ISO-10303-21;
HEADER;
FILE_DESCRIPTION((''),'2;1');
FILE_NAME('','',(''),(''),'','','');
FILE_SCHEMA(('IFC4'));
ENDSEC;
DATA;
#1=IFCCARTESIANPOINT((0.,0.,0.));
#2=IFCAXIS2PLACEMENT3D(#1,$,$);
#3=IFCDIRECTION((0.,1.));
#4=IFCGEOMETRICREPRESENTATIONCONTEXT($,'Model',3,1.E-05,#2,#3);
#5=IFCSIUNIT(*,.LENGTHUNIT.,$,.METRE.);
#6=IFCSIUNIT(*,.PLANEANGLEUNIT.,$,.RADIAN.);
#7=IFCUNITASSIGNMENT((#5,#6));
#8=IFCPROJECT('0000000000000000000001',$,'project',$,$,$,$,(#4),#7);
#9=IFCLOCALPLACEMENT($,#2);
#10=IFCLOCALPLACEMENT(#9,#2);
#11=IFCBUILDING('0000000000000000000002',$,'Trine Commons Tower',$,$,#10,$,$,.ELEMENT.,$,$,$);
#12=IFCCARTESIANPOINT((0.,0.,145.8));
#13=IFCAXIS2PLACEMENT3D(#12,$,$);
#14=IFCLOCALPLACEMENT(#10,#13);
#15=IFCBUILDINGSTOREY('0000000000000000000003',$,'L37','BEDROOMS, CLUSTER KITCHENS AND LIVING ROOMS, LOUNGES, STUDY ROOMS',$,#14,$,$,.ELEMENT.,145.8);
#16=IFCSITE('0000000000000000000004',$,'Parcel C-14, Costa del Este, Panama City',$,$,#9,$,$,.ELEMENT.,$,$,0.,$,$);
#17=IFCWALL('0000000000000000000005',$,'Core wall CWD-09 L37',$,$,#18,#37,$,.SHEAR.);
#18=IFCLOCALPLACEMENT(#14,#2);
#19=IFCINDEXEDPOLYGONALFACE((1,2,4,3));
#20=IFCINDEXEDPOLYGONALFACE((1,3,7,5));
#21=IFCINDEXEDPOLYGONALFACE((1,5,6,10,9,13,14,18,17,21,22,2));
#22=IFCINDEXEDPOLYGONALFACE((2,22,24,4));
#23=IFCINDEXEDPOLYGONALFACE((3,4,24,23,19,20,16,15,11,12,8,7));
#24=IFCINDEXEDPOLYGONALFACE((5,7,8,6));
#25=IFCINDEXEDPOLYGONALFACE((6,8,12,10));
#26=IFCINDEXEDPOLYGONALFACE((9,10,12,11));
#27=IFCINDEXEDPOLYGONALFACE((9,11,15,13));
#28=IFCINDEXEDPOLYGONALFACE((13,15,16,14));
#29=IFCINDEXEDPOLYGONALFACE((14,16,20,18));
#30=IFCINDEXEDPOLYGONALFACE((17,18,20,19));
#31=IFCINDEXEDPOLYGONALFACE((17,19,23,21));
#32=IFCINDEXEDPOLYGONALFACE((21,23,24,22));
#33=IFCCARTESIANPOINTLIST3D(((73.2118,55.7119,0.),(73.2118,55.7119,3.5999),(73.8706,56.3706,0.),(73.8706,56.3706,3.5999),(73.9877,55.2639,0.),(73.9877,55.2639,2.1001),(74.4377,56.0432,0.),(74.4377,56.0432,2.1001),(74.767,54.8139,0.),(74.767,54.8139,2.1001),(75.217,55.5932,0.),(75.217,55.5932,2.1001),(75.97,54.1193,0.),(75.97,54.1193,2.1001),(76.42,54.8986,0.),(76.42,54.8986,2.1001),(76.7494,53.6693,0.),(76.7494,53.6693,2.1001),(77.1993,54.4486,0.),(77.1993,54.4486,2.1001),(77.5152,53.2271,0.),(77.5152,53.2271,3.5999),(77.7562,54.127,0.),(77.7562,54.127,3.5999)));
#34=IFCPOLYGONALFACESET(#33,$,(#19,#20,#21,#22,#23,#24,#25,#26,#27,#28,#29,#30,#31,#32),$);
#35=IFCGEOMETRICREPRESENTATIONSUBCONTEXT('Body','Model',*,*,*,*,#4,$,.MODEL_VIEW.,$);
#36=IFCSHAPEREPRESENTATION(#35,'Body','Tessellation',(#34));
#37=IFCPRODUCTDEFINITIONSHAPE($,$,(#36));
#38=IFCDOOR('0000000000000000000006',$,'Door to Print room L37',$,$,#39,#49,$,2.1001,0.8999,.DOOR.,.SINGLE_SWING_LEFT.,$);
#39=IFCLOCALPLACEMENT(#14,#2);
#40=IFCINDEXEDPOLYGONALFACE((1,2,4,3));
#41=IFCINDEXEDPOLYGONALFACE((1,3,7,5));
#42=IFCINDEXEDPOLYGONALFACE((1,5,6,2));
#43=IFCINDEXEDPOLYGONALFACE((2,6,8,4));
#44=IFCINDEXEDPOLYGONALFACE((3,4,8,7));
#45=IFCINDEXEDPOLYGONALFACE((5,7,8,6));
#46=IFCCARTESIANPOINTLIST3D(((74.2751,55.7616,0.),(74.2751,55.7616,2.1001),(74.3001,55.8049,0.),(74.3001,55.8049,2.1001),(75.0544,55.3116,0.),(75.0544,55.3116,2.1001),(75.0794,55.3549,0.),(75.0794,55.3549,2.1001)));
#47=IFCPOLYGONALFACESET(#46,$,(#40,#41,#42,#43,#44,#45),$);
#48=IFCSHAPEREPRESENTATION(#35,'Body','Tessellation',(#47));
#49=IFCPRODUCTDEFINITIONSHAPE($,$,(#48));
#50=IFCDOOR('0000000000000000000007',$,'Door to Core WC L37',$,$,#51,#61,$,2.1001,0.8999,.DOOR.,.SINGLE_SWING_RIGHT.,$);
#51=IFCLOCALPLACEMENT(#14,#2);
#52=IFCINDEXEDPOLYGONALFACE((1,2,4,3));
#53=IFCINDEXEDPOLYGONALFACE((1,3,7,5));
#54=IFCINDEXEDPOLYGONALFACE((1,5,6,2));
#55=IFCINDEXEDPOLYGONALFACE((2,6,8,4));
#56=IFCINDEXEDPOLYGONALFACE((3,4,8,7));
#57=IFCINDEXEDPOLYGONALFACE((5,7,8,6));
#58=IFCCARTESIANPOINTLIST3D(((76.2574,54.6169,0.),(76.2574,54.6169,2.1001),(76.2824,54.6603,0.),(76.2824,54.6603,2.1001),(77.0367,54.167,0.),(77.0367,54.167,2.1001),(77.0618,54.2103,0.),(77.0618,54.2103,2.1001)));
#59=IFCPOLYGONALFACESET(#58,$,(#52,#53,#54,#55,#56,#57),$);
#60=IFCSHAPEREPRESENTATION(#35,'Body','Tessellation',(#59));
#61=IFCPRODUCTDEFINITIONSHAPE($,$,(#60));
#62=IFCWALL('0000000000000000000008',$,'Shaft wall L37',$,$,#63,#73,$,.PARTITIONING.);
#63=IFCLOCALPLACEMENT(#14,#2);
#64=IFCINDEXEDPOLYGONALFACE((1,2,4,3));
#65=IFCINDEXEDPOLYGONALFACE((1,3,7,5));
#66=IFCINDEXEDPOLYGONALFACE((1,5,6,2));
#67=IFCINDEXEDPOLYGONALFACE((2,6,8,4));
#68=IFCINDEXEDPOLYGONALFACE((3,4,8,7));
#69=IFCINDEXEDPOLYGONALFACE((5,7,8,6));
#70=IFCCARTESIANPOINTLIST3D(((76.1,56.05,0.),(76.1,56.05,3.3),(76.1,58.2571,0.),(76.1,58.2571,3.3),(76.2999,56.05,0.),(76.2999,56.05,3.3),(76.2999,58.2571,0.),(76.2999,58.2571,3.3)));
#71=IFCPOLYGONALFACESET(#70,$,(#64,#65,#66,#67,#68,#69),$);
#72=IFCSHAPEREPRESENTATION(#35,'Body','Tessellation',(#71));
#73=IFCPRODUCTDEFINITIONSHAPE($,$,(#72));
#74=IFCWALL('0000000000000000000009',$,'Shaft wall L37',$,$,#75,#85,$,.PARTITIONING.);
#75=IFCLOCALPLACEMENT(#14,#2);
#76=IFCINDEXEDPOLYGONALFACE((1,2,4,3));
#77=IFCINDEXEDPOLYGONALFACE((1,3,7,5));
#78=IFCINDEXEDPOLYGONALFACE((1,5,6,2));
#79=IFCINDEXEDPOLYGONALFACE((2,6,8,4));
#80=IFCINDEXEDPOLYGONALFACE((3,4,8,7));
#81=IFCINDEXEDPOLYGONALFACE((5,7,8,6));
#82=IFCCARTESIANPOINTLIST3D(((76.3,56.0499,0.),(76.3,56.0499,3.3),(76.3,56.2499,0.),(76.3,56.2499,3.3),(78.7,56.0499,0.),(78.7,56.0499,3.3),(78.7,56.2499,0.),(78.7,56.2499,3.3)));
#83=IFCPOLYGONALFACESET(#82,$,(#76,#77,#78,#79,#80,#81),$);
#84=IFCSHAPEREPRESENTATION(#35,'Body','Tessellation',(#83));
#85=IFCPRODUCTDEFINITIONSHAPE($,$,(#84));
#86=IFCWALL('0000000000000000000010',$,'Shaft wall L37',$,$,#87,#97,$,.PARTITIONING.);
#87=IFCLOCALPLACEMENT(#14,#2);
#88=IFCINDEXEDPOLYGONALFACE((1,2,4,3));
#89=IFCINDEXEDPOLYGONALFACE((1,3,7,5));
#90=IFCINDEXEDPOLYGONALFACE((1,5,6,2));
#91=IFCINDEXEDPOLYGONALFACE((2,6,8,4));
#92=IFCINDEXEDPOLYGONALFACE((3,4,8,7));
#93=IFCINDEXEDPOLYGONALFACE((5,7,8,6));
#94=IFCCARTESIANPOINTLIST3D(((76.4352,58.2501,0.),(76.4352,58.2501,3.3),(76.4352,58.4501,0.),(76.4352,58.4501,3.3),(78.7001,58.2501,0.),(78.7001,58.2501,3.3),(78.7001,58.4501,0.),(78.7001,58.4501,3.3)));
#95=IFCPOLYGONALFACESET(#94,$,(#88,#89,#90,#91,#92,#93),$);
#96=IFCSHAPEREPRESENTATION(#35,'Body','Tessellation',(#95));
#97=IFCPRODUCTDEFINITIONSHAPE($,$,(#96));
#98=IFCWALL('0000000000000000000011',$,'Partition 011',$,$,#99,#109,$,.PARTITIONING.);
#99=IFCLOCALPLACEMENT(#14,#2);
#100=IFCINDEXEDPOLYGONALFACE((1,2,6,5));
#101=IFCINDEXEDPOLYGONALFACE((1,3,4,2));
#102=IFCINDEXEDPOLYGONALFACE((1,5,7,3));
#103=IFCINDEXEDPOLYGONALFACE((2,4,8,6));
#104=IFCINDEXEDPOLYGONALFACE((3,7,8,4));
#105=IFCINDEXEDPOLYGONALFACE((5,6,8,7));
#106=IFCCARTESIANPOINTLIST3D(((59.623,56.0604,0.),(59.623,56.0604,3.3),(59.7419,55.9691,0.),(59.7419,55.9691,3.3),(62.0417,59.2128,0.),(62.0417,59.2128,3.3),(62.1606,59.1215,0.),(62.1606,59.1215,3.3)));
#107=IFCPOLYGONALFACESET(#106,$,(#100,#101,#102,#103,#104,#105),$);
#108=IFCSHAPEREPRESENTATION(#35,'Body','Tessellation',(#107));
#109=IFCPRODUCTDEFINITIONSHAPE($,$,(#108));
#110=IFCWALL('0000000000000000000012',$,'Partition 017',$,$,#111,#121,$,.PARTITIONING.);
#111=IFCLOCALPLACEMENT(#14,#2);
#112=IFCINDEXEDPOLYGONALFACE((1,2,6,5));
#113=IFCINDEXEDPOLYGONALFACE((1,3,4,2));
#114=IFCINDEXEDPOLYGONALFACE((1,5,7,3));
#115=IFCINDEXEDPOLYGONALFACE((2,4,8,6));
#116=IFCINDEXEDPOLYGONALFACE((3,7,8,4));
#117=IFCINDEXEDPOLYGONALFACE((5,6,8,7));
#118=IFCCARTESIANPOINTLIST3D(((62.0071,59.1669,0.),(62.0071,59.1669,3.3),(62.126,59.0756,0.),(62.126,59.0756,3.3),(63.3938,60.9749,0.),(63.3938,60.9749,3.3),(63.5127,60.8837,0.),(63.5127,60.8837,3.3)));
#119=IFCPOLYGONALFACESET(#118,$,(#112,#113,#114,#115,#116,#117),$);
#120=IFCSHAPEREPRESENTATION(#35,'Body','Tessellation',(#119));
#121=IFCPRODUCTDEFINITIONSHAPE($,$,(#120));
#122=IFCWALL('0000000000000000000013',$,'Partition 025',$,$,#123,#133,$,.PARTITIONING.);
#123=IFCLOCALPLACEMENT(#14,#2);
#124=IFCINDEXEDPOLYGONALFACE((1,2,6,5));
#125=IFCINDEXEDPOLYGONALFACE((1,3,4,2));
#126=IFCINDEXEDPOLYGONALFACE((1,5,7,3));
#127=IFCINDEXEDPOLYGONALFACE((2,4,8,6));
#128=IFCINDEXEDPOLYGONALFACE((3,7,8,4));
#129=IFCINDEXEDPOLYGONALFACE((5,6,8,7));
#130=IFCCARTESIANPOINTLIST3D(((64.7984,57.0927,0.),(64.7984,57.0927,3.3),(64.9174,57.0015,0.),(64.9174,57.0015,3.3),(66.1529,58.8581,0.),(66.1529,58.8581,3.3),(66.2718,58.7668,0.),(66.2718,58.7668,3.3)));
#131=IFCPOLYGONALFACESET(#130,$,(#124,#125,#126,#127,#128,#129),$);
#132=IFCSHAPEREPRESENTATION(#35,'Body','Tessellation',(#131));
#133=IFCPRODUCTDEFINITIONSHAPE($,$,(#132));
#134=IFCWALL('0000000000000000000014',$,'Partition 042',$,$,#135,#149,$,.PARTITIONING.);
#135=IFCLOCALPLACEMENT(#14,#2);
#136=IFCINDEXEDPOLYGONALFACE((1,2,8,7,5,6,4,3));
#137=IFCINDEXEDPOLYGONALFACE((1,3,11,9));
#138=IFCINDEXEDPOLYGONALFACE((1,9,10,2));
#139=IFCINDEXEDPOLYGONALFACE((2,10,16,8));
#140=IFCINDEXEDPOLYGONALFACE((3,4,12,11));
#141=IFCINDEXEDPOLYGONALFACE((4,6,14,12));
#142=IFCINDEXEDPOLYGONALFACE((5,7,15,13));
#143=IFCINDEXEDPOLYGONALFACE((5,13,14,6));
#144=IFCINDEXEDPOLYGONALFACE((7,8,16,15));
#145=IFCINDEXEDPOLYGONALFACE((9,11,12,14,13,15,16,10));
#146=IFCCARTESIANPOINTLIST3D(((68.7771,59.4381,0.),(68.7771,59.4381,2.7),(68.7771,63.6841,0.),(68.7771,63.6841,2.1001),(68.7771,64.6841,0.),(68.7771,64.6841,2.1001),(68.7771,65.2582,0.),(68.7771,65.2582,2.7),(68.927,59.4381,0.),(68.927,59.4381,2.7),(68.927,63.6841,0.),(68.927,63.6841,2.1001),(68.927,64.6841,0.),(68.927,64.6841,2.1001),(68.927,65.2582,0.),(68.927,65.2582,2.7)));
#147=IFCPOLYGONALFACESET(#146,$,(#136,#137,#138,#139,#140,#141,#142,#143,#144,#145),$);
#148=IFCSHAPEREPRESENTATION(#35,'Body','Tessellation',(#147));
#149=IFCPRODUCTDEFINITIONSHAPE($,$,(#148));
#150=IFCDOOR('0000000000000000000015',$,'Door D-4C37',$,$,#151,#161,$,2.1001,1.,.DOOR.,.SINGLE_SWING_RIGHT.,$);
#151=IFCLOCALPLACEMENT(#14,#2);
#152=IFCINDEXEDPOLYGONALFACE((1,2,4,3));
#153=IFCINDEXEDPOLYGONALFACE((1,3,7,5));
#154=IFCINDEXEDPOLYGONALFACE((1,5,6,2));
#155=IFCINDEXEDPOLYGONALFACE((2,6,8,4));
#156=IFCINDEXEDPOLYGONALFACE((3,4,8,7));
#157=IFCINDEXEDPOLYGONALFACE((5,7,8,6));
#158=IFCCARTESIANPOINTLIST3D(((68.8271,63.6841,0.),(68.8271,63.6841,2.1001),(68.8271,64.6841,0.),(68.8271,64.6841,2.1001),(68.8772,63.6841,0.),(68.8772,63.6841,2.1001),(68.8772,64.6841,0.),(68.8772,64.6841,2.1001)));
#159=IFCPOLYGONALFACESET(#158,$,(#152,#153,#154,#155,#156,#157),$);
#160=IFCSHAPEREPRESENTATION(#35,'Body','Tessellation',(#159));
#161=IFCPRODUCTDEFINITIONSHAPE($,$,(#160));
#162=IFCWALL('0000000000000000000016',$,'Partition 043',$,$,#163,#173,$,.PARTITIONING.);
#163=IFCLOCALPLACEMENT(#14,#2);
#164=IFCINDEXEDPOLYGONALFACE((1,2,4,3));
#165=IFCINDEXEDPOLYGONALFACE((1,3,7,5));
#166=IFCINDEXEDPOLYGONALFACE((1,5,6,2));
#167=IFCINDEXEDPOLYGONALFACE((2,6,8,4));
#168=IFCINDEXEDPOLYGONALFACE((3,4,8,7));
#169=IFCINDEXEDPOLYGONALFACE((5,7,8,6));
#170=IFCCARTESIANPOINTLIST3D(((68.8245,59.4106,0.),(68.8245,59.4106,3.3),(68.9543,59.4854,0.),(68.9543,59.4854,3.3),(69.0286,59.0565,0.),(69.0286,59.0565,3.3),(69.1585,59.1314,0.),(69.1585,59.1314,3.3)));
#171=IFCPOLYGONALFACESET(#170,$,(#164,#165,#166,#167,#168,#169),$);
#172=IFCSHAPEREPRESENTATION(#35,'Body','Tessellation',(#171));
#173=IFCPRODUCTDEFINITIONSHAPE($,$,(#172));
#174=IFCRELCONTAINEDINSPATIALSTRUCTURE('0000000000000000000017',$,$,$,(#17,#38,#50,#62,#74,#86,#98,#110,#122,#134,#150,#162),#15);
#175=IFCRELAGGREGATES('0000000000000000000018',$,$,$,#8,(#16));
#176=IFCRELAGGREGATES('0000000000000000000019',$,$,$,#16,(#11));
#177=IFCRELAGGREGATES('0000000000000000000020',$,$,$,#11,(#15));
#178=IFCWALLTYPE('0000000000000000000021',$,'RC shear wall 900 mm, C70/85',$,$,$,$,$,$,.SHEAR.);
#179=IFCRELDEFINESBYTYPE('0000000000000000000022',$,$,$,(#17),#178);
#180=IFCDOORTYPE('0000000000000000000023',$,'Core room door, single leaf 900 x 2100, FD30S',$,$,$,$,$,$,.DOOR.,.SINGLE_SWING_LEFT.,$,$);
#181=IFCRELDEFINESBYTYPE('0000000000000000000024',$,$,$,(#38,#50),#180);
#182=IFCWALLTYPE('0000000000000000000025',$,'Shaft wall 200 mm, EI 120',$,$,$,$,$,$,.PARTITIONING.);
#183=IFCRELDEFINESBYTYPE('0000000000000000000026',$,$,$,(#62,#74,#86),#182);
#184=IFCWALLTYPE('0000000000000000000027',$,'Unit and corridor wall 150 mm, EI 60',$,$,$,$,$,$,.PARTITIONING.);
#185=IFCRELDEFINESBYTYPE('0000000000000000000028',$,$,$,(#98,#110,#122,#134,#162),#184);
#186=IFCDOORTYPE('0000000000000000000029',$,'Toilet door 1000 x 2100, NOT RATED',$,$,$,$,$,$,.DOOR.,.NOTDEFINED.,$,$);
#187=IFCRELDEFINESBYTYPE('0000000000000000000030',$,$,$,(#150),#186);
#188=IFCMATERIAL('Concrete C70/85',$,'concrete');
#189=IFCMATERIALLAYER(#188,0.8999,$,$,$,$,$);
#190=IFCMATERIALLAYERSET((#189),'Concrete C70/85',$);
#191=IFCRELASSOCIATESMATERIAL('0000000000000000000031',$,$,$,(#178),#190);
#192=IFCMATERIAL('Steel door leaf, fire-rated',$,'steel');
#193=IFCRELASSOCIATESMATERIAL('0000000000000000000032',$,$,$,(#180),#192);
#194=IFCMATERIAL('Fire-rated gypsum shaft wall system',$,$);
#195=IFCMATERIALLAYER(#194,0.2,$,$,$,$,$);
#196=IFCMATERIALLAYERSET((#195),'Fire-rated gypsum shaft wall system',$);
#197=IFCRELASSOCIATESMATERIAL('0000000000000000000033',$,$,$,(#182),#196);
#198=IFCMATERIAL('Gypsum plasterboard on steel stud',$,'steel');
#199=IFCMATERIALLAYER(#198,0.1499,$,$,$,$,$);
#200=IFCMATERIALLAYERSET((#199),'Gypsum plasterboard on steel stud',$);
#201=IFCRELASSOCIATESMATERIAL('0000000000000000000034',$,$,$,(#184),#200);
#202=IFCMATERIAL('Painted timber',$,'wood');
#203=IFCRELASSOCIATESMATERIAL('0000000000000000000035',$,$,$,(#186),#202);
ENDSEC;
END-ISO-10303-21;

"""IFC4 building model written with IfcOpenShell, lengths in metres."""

from ifc_helpers import new_model, si_unit, direction, frame, frame_2d, origin, place, context, subcontext, project, spatial, polyline, rectangle, outline, extrude, material, layer, layer_set, type_object, element, fill, save


model = new_model("IFC4")

# Units and contexts
model_context = context("Model", 3, precision=1e-05, world=origin(), true_north=direction((0.0, 1.0)))
body_context = subcontext(model_context, "Body", "Model", "MODEL_VIEW")
ifc_project = project(units=[si_unit("LENGTHUNIT", "METRE"), si_unit("PLANEANGLEUNIT", "RADIAN")], contexts=[model_context])

# Site, building, storey
site_placement = place(None, origin())
site = spatial("IfcSite", under=ifc_project, at=site_placement, Name="Parcel C-14, Costa del Este, Panama City", CompositionType="ELEMENT", RefElevation=0.0)
building_placement = place(site_placement, origin())
building = spatial("IfcBuilding", under=site, at=building_placement, Name="Trine Commons Tower", CompositionType="ELEMENT")
storey_placement = place(building_placement, frame((0.0, 0.0, 145.8)))
storey = spatial("IfcBuildingStorey", under=building, at=storey_placement, Name="L37", Description="BEDROOMS, CLUSTER KITCHENS AND LIVING ROOMS, LOUNGES, STUDY ROOMS", CompositionType="ELEMENT", Elevation=145.8)

# Shared definitions
ifc_material_1 = material(Name="Fire-rated gypsum shaft wall system")
ifc_material_2 = material(Name="Steel door leaf, fire-rated", Category="steel")
ifc_material_3 = material(Name="Concrete C70/85", Category="concrete")
ifc_layer_1 = layer(ifc_material_3, 0.8999)
ifc_layer_set_1 = layer_set([ifc_layer_1], Name="Concrete C70/85")
wall_type_1 = type_object("IfcWallType", Name="RC shear wall 900 mm, C70/85", PredefinedType="SHEAR", material=ifc_layer_set_1)

# Wall, openings, doors
wall_1_placement = place(storey_placement, frame((73.4368, 56.1016, 0.0), z_axis=(0.0, 0.0, 1.0), x_axis=(0.866003, -0.500039, 0.0)))
wall_1 = element("IfcWall", 1, at=wall_1_placement, inside=storey, type_object=wall_type_1, Name="Core wall CWD-09 L37", PredefinedType="SHEAR", context=body_context, shape_type="SweptSolid", body=[
    extrude(outline(polyline([(0.0, -0.45), (4.9692, -0.45), (4.728, 0.45), (0.2412, 0.45), (0.0, -0.45)])), origin(), (0.0, 0.0, 1.0), 3.5999),
])
opening_1_placement = place(wall_1_placement, frame((0.896, 0.0, 0.0)))
opening_1 = element("IfcOpeningElement", 2, at=opening_1_placement, cuts=wall_1, PredefinedType="OPENING", context=body_context, shape_type="SweptSolid", body=[
    extrude(rectangle(XDim=0.8999, YDim=2.1001, at=frame_2d((0.45, 1.05))), frame((0.0, 0.46, 0.0), z_axis=(0.0, -1.0, 0.0), x_axis=(1.0, 0.0, 0.0)), (0.0, 0.0, 1.0), 0.9199),
])
opening_2_placement = place(wall_1_placement, frame((3.1851, 0.0, 0.0)))
opening_2 = element("IfcOpeningElement", 3, at=opening_2_placement, cuts=wall_1, PredefinedType="OPENING", context=body_context, shape_type="SweptSolid", body=[
    extrude(rectangle(XDim=0.8999, YDim=2.1001, at=frame_2d((0.45, 1.05))), frame((0.0, 0.46, 0.0), z_axis=(0.0, -1.0, 0.0), x_axis=(1.0, 0.0, 0.0)), (0.0, 0.0, 1.0), 0.9199),
])
door_type_1 = type_object("IfcDoorType", Name="Core room door, single leaf 900 x 2100, FD30S", OperationType="SINGLE_SWING_LEFT", PredefinedType="DOOR", material=ifc_material_2)
door_1_placement = place(opening_1_placement, origin())
door_1 = element("IfcDoor", 4, at=door_1_placement, inside=storey, type_object=door_type_1, Name="Door to Print room L37", OperationType="SINGLE_SWING_LEFT", OverallHeight=2.1001, OverallWidth=0.8999, PredefinedType="DOOR", context=body_context, shape_type="SweptSolid", body=[
    extrude(rectangle(XDim=0.8999, YDim=2.1001, at=frame_2d((0.45, 1.05))), frame((0.0, 0.1748, 0.0), z_axis=(0.0, -1.0, 0.0), x_axis=(1.0, 0.0, 0.0)), (0.0, 0.0, 1.0), 0.05),
])
fill(opening_1, door_1)
door_2_placement = place(opening_2_placement, origin())
door_2 = element("IfcDoor", 5, at=door_2_placement, inside=storey, type_object=door_type_1, Name="Door to Core WC L37", OperationType="SINGLE_SWING_RIGHT", OverallHeight=2.1001, OverallWidth=0.8999, PredefinedType="DOOR", context=body_context, shape_type="SweptSolid", body=[
    extrude(rectangle(XDim=0.8999, YDim=2.1001, at=frame_2d((0.45, 1.05))), frame((0.0, 0.1748, 0.0), z_axis=(0.0, -1.0, 0.0), x_axis=(1.0, 0.0, 0.0)), (0.0, 0.0, 1.0), 0.05),
])
fill(opening_2, door_2)

# Walls
ifc_layer_2 = layer(ifc_material_1, 0.2)
ifc_layer_set_2 = layer_set([ifc_layer_2], Name="Fire-rated gypsum shaft wall system")
wall_type_2 = type_object("IfcWallType", Name="Shaft wall 200 mm, EI 120", PredefinedType="PARTITIONING", material=ifc_layer_set_2)
wall_2_placement = place(storey_placement, frame((76.2, 58.2571, 0.0), z_axis=(0.0, 0.0, 1.0), x_axis=(0.0, -1.0, 0.0)))
element("IfcWall", 6, at=wall_2_placement, inside=storey, type_object=wall_type_2, Name="Shaft wall L37", PredefinedType="PARTITIONING", context=body_context, shape_type="SweptSolid", body=[
    extrude(rectangle(XDim=2.207, YDim=0.2, at=frame_2d((1.1035, 0.0))), origin(), (0.0, 0.0, 1.0), 3.3),
])
wall_3_placement = place(storey_placement, frame((78.7, 56.1499, 0.0), z_axis=(0.0, 0.0, 1.0), x_axis=(-1.0, 0.0, 0.0)))
element("IfcWall", 7, at=wall_3_placement, inside=storey, type_object=wall_type_2, Name="Shaft wall L37", PredefinedType="PARTITIONING", context=body_context, shape_type="SweptSolid", body=[
    extrude(rectangle(XDim=2.3999, YDim=0.2, at=frame_2d((1.2, 0.0))), origin(), (0.0, 0.0, 1.0), 3.3),
])
wall_4_placement = place(storey_placement, frame((78.7, 58.3501, 0.0), z_axis=(0.0, 0.0, 1.0), x_axis=(-1.0, 0.0, 0.0)))
element("IfcWall", 8, at=wall_4_placement, inside=storey, type_object=wall_type_2, Name="Shaft wall L37", PredefinedType="PARTITIONING", context=body_context, shape_type="SweptSolid", body=[
    extrude(rectangle(XDim=2.2649, YDim=0.2, at=frame_2d((1.1323, 0.0))), origin(), (0.0, 0.0, 1.0), 3.3),
])
ifc_material_4 = material(Name="Gypsum plasterboard on steel stud", Category="steel")
ifc_layer_3 = layer(ifc_material_4, 0.1499)
ifc_layer_set_3 = layer_set([ifc_layer_3], Name="Gypsum plasterboard on steel stud")
wall_type_3 = type_object("IfcWallType", Name="Unit and corridor wall 150 mm, EI 60", PredefinedType="PARTITIONING", material=ifc_layer_set_3)
wall_5_placement = place(storey_placement, frame((59.6824, 56.0146, 0.0), z_axis=(0.0, 0.0, 1.0), x_axis=(0.608733, 0.793375, 0.0)))
element("IfcWall", 9, at=wall_5_placement, inside=storey, type_object=wall_type_3, Name="Partition 011", PredefinedType="PARTITIONING", context=body_context, shape_type="SweptSolid", body=[
    extrude(rectangle(XDim=3.9734, YDim=0.1499, at=frame_2d((1.9868, 0.0))), origin(), (0.0, 0.0, 1.0), 3.3),
])
wall_6_placement = place(storey_placement, frame((62.0667, 59.1213, 0.0), z_axis=(0.0, 0.0, 1.0), x_axis=(0.608571, 0.793499, 0.0)))
element("IfcWall", 10, at=wall_6_placement, inside=storey, type_object=wall_type_3, Name="Partition 017", PredefinedType="PARTITIONING", context=body_context, shape_type="SweptSolid", body=[
    extrude(rectangle(XDim=2.2786, YDim=0.1499, at=frame_2d((1.1392, 0.0))), origin(), (0.0, 0.0, 1.0), 3.3),
])
wall_7_placement = place(storey_placement, frame((64.8579, 57.0471, 0.0), z_axis=(0.0, 0.0, 1.0), x_axis=(0.608724, 0.793382, 0.0)))
element("IfcWall", 11, at=wall_7_placement, inside=storey, type_object=wall_type_3, Name="Partition 025", PredefinedType="PARTITIONING", context=body_context, shape_type="SweptSolid", body=[
    extrude(rectangle(XDim=2.2251, YDim=0.1499, at=frame_2d((1.1125, 0.0))), origin(), (0.0, 0.0, 1.0), 3.3),
])

# Wall, opening, door
wall_8_placement = place(storey_placement, frame((68.8521, 59.438, 0.0), z_axis=(0.0, 0.0, 1.0), x_axis=(0.0, 1.0, 0.0)))
wall_8 = element("IfcWall", 12, at=wall_8_placement, inside=storey, type_object=wall_type_3, Name="Partition 042", PredefinedType="PARTITIONING", context=body_context, shape_type="SweptSolid", body=[
    extrude(rectangle(XDim=5.8201, YDim=0.1499, at=frame_2d((2.9102, 0.0))), origin(), (0.0, 0.0, 1.0), 2.7),
])
opening_3_placement = place(wall_8_placement, frame((4.2461, 0.0, 0.0)))
opening_3 = element("IfcOpeningElement", 13, at=opening_3_placement, cuts=wall_8, PredefinedType="OPENING", context=body_context, shape_type="SweptSolid", body=[
    extrude(rectangle(XDim=1.0, YDim=2.1001, at=frame_2d((0.5, 1.05))), frame((0.0, 0.085, 0.0), z_axis=(0.0, -1.0, 0.0), x_axis=(1.0, 0.0, 0.0)), (0.0, 0.0, 1.0), 0.1699),
])
ifc_material_5 = material(Name="Painted timber", Category="wood")
door_type_2 = type_object("IfcDoorType", Name="Toilet door 1000 x 2100, NOT RATED", OperationType="NOTDEFINED", PredefinedType="DOOR", material=ifc_material_5)
door_3_placement = place(opening_3_placement, origin())
door_3 = element("IfcDoor", 14, at=door_3_placement, inside=storey, type_object=door_type_2, Name="Door D-4C37", OperationType="SINGLE_SWING_RIGHT", OverallHeight=2.1001, OverallWidth=1.0, PredefinedType="DOOR", context=body_context, shape_type="SweptSolid", body=[
    extrude(rectangle(XDim=1.0, YDim=2.1001, at=frame_2d((0.5, 1.05))), frame((0.0, 0.0249, 0.0), z_axis=(0.0, -1.0, 0.0), x_axis=(1.0, 0.0, 0.0)), (0.0, 0.0, 1.0), 0.05),
])
fill(opening_3, door_3)

# Wall
wall_9_placement = place(storey_placement, frame((68.8894, 59.448, 0.0), z_axis=(0.0, 0.0, 1.0), x_axis=(0.499481, -0.866325, 0.0)))
element("IfcWall", 15, at=wall_9_placement, inside=storey, type_object=wall_type_3, Name="Partition 043", PredefinedType="PARTITIONING", context=body_context, shape_type="SweptSolid", body=[
    extrude(rectangle(XDim=0.4087, YDim=0.1499, at=frame_2d((0.2043, 0.0))), origin(), (0.0, 0.0, 1.0), 3.3),
])

save(model, "model.ifc")
